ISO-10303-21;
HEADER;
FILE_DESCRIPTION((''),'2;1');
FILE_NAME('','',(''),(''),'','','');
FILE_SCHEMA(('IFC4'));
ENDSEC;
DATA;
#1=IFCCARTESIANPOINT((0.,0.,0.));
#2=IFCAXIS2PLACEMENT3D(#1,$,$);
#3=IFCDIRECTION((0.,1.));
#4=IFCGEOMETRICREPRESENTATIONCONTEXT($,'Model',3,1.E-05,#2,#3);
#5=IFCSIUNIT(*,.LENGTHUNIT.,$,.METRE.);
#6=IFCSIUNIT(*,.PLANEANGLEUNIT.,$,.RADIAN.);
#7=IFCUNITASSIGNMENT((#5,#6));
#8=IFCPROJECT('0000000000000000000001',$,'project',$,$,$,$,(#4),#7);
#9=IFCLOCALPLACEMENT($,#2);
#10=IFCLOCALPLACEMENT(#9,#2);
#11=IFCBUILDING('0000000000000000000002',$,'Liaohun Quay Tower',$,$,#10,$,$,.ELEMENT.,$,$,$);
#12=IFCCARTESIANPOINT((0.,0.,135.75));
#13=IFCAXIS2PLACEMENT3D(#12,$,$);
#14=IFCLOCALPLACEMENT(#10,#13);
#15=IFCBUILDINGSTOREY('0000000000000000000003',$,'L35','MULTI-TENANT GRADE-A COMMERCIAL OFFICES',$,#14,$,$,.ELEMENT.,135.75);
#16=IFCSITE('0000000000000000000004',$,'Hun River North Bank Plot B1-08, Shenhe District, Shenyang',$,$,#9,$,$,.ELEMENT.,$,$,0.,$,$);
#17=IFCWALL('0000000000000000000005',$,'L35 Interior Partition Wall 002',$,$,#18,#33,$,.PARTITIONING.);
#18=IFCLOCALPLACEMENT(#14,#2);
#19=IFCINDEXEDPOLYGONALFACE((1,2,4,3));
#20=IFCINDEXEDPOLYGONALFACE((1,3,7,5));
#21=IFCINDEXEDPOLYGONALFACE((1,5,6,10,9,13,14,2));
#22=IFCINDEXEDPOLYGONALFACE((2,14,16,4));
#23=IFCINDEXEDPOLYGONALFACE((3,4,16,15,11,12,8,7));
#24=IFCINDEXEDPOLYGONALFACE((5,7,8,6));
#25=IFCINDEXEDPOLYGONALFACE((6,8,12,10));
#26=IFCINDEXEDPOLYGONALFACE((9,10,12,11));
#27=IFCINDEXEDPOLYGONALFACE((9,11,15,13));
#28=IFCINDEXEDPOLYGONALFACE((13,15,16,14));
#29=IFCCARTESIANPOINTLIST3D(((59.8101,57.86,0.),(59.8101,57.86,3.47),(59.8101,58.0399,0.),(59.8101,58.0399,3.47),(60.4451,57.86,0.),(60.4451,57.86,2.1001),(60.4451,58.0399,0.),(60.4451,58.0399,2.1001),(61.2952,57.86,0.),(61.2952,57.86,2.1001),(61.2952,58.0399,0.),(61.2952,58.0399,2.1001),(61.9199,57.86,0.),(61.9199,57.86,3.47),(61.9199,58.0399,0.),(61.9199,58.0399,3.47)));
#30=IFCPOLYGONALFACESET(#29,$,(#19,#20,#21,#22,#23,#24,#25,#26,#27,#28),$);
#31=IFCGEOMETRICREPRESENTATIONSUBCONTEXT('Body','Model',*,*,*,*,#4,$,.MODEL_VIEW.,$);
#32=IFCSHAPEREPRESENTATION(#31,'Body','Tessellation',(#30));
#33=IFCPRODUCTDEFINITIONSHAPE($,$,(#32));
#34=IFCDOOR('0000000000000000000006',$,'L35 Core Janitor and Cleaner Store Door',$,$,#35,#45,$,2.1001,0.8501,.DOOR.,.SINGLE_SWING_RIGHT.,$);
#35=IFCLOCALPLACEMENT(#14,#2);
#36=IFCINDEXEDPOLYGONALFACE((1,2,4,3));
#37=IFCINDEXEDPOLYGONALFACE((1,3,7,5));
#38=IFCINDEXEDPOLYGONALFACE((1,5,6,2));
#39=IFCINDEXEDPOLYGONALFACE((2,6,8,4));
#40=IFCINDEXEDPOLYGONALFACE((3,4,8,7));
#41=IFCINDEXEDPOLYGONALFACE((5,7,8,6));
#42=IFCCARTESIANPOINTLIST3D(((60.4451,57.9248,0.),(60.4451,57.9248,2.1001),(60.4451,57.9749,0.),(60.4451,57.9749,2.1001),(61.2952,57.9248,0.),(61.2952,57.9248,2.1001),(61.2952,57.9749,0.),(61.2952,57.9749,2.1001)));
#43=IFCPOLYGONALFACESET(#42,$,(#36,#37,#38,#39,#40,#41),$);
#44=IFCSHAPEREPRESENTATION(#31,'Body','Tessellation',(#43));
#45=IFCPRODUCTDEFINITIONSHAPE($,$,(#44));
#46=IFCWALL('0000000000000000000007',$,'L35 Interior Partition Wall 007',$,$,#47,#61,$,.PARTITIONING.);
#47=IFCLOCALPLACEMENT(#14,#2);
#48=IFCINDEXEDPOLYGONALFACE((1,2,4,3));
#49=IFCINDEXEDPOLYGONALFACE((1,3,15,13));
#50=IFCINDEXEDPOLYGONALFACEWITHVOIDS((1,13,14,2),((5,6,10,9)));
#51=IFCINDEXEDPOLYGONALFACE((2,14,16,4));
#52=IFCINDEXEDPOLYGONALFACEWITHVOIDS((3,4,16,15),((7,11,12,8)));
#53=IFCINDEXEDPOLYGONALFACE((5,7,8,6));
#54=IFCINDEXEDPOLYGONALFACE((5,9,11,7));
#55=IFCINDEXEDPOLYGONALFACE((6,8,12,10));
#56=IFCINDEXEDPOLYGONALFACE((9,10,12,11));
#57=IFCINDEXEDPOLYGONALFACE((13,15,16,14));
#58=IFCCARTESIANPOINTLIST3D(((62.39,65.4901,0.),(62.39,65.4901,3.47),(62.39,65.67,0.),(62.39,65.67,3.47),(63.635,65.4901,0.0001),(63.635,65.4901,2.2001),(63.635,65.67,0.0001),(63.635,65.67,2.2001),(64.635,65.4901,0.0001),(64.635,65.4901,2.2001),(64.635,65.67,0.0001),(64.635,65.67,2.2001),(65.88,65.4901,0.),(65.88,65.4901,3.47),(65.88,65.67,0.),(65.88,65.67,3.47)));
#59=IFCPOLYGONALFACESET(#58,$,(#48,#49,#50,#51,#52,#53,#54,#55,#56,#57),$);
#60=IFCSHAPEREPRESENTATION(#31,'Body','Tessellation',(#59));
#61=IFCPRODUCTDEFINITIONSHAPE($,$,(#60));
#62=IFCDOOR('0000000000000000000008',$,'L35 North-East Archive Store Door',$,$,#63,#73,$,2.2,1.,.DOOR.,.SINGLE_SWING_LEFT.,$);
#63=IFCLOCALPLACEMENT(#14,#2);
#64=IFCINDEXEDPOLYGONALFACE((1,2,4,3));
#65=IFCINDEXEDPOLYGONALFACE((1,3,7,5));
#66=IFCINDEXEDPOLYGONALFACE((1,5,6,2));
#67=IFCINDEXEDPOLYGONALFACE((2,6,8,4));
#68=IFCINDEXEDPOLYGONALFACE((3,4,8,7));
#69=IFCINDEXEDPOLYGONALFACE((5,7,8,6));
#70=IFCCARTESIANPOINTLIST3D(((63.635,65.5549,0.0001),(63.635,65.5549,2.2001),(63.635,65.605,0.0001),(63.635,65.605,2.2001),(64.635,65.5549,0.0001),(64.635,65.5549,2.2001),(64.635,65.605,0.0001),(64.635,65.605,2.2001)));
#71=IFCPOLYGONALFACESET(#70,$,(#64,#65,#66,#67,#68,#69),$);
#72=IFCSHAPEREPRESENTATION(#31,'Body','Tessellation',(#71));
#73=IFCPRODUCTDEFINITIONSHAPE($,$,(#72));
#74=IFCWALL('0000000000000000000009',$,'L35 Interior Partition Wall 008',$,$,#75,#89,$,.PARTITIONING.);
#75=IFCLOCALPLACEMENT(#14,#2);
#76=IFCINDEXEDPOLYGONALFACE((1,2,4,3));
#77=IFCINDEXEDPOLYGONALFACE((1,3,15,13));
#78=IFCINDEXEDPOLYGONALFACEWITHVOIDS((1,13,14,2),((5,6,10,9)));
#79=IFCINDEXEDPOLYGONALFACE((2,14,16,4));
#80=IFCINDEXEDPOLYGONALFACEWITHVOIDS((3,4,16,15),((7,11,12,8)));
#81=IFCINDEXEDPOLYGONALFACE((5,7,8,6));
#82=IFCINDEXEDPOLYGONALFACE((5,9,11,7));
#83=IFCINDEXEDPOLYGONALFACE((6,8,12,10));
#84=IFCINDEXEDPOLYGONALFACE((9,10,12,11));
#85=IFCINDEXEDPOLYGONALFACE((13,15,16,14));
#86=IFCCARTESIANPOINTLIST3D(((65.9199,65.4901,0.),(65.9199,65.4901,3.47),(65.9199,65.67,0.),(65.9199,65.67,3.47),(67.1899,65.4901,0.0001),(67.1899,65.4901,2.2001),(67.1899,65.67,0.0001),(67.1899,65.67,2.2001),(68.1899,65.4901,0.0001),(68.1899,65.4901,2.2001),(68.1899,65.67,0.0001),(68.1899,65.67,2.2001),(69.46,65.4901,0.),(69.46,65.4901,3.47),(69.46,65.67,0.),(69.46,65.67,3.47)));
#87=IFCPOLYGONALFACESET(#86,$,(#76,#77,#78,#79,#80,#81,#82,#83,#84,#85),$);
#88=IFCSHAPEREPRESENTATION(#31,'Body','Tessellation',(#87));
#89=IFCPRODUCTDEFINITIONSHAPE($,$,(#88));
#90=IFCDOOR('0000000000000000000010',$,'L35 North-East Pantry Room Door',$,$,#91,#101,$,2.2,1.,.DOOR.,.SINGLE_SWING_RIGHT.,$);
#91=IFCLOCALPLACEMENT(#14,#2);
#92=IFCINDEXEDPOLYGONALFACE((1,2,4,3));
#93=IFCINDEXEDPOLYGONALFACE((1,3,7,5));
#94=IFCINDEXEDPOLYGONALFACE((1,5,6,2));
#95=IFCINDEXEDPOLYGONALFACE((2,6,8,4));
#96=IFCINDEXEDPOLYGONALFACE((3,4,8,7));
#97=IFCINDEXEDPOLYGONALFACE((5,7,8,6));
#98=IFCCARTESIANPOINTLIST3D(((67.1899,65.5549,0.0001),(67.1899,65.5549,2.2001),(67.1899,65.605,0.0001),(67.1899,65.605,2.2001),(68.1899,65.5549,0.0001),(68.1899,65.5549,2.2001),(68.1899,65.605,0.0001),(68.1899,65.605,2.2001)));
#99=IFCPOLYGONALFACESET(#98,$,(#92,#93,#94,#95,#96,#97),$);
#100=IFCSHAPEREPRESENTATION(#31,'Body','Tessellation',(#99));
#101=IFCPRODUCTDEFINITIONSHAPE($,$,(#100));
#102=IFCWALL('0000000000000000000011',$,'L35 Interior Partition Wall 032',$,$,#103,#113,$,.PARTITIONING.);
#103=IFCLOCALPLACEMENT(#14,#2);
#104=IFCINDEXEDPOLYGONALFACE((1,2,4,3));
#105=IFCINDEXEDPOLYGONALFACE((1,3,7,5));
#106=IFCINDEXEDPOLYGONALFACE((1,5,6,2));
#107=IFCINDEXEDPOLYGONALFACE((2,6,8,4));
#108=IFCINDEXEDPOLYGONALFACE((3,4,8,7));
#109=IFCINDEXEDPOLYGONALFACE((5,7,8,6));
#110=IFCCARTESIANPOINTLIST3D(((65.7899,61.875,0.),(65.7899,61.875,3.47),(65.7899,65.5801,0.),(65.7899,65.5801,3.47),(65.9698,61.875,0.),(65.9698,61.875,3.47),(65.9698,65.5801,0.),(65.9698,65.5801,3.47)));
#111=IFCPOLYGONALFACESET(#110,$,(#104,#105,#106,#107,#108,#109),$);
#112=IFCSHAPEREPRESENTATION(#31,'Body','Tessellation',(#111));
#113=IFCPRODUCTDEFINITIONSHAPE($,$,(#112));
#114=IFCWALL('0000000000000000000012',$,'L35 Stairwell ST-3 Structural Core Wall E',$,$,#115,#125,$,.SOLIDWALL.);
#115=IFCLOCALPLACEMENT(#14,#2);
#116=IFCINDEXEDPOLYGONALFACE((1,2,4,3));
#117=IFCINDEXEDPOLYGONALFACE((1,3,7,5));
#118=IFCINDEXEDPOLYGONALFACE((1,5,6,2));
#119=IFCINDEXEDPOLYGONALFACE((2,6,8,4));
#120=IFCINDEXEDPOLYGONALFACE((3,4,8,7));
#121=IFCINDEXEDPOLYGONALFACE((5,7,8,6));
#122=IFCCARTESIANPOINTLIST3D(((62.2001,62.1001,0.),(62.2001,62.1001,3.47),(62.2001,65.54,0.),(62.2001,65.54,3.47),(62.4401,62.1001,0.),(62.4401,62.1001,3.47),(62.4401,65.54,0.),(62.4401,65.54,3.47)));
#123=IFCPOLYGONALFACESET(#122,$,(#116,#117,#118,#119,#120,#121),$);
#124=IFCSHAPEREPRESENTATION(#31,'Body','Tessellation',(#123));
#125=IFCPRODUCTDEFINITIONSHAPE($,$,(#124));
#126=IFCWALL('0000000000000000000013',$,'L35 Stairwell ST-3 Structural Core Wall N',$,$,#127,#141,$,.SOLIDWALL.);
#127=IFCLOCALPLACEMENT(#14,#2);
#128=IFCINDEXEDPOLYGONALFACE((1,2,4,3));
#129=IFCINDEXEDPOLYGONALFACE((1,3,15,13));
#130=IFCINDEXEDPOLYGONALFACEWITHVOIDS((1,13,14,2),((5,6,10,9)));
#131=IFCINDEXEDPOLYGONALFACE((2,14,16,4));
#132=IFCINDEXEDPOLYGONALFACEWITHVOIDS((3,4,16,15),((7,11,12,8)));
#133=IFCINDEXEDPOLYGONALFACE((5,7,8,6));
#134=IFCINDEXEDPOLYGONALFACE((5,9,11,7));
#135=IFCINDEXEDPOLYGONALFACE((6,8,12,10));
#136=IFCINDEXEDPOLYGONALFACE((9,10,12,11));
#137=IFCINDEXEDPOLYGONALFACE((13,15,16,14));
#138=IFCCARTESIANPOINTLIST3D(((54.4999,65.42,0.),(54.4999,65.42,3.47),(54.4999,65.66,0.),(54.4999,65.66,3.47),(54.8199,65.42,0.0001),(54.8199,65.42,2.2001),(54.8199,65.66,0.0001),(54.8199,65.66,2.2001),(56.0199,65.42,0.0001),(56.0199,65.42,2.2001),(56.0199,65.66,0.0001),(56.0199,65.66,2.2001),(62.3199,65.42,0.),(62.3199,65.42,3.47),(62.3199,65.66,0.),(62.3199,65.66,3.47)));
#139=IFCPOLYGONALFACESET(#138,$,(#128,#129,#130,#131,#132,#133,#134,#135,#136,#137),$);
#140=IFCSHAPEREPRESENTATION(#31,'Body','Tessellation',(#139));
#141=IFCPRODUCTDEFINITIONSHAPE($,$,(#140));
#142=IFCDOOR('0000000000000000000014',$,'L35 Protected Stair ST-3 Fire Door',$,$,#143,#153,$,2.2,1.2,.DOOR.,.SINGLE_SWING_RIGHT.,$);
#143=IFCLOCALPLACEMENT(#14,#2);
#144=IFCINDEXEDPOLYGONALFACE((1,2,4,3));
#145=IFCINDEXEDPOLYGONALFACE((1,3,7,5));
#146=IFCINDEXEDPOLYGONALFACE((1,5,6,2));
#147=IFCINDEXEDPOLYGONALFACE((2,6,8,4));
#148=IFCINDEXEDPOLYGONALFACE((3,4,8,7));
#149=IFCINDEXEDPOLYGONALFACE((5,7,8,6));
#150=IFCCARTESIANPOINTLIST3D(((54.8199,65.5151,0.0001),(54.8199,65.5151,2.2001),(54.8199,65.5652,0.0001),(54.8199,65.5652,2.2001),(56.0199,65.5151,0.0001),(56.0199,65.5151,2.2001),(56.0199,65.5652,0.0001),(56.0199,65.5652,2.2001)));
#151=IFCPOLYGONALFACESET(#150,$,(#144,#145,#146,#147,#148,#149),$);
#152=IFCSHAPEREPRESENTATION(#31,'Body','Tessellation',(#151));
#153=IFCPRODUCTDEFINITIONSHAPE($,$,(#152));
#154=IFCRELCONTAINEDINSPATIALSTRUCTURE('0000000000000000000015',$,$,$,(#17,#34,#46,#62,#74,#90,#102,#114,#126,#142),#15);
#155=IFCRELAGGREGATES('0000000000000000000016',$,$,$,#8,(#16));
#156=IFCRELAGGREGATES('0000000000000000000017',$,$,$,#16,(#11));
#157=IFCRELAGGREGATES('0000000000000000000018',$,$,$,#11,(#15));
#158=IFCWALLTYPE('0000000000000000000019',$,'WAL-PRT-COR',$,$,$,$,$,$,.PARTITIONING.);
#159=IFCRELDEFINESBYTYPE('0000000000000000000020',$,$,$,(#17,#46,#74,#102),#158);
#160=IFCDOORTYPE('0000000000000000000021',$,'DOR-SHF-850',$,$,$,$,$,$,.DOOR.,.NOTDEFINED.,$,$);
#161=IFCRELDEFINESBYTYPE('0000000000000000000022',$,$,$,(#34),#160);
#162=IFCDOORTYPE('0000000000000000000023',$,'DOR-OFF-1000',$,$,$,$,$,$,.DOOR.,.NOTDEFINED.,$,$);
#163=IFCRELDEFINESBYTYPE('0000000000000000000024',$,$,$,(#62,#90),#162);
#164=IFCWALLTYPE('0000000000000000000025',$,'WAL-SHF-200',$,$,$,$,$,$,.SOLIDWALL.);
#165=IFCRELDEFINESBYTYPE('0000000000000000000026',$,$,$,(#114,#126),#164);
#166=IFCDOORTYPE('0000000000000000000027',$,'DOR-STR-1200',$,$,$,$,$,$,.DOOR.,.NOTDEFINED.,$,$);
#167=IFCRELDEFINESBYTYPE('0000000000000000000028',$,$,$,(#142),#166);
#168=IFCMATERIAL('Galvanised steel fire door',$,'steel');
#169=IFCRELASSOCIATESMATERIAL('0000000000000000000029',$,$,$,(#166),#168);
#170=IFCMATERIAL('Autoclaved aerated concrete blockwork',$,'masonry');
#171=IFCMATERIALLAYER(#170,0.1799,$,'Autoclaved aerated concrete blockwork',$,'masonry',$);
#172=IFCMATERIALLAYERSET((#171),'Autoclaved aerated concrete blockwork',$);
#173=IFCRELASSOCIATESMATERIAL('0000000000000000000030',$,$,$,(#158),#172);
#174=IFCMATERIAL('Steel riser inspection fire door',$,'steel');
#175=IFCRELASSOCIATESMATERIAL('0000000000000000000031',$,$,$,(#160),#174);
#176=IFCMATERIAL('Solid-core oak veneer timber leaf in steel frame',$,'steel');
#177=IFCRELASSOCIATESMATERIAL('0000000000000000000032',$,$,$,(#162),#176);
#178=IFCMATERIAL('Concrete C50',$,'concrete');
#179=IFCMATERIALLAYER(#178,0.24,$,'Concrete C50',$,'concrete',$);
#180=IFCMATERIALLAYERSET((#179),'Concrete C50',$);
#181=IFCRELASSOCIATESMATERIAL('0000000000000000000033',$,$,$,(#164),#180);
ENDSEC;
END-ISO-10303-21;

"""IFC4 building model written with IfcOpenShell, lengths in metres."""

from ifc_helpers import new_model, si_unit, direction, frame, frame_2d, origin, place, context, subcontext, project, spatial, rectangle, extrude, source, transform, mapped, material, layer, layer_set, type_object, element, fill, save


model = new_model("IFC4")

# Units and contexts
model_context = context("Model", 3, precision=1e-05, world=origin(), true_north=direction((0.0, 1.0)))
body_context = subcontext(model_context, "Body", "Model", "MODEL_VIEW")
ifc_project = project(units=[si_unit("LENGTHUNIT", "METRE"), si_unit("PLANEANGLEUNIT", "RADIAN")], contexts=[model_context])

# Site, building, storey
site_placement = place(None, origin())
site = spatial("IfcSite", under=ifc_project, at=site_placement, Name="Hun River North Bank Plot B1-08, Shenhe District, Shenyang", CompositionType="ELEMENT", RefElevation=0.0)
building_placement = place(site_placement, origin())
building = spatial("IfcBuilding", under=site, at=building_placement, Name="Liaohun Quay Tower", CompositionType="ELEMENT")
storey_placement = place(building_placement, frame((0.0, 0.0, 135.75)))
storey = spatial("IfcBuildingStorey", under=building, at=storey_placement, Name="L35", Description="MULTI-TENANT GRADE-A COMMERCIAL OFFICES", CompositionType="ELEMENT", Elevation=135.75)

# Walls, openings, doors
ifc_material_1 = material(Name="Galvanised steel fire door", Category="steel")
door_type_1 = type_object("IfcDoorType", Name="DOR-STR-1200", OperationType="NOTDEFINED", PredefinedType="DOOR", material=ifc_material_1)
shared_shape_1 = source(origin(), body_context, "Body", "SweptSolid", [
    extrude(rectangle(XDim=1.2, YDim=2.2, at=frame_2d((0.6001, 1.1001))), frame((0.0, 0.0249, 0.0), z_axis=(0.0, -1.0, 0.0), x_axis=(1.0, 0.0, 0.0)), (0.0, 0.0, 1.0), 0.05),
])
ifc_material_2 = material(Name="Autoclaved aerated concrete blockwork", Category="masonry")
ifc_layer_1 = layer(ifc_material_2, 0.1799, Name="Autoclaved aerated concrete blockwork", Category="masonry")
ifc_layer_set_1 = layer_set([ifc_layer_1], Name="Autoclaved aerated concrete blockwork")
wall_type_1 = type_object("IfcWallType", Name="WAL-PRT-COR", PredefinedType="PARTITIONING", material=ifc_layer_set_1)
wall_1_placement = place(storey_placement, frame((59.8101, 57.95, 0.0), z_axis=(0.0, 0.0, 1.0), x_axis=(1.0, 0.0, 0.0)))
wall_1 = element("IfcWall", 1, at=wall_1_placement, inside=storey, type_object=wall_type_1, Name="L35 Interior Partition Wall 002", PredefinedType="PARTITIONING", context=body_context, shape_type="SweptSolid", body=[
    extrude(rectangle(XDim=2.1099, YDim=0.1799, at=frame_2d((1.0549, 0.0))), origin(), (0.0, 0.0, 1.0), 3.47),
])
shared_shape_2 = source(origin(), body_context, "Body", "SweptSolid", [
    extrude(rectangle(XDim=0.8501, YDim=2.1001, at=frame_2d((0.425, 1.05))), frame((0.0, 0.0999, 0.0), z_axis=(0.0, -1.0, 0.0), x_axis=(1.0, 0.0, 0.0)), (0.0, 0.0, 1.0), 0.2),
])
opening_1_placement = place(wall_1_placement, frame((0.635, 0.0, 0.0)))
opening_1 = element("IfcOpeningElement", 2, at=opening_1_placement, cuts=wall_1, PredefinedType="OPENING", context=body_context, shape_type="MappedRepresentation", body=[
    mapped(shared_shape_2, transform((0.0, 0.0, 0.0), x_axis=(1.0, 0.0, 0.0), y_axis=(0.0, 1.0, 0.0), z_axis=(0.0, 0.0, 1.0), scale=1.0)),
])
ifc_material_3 = material(Name="Steel riser inspection fire door", Category="steel")
door_type_2 = type_object("IfcDoorType", Name="DOR-SHF-850", OperationType="NOTDEFINED", PredefinedType="DOOR", material=ifc_material_3)
shared_shape_3 = source(origin(), body_context, "Body", "SweptSolid", [
    extrude(rectangle(XDim=0.8501, YDim=2.1001, at=frame_2d((0.425, 1.05))), frame((0.0, 0.0249, 0.0), z_axis=(0.0, -1.0, 0.0), x_axis=(1.0, 0.0, 0.0)), (0.0, 0.0, 1.0), 0.05),
])
door_1_placement = place(opening_1_placement, origin())
door_1 = element("IfcDoor", 3, at=door_1_placement, inside=storey, type_object=door_type_2, Name="L35 Core Janitor and Cleaner Store Door", OperationType="SINGLE_SWING_RIGHT", OverallHeight=2.1001, OverallWidth=0.8501, PredefinedType="DOOR", context=body_context, shape_type="MappedRepresentation", body=[
    mapped(shared_shape_3, transform((0.0, 0.0, 0.0), x_axis=(1.0, 0.0, 0.0), y_axis=(0.0, 1.0, 0.0), z_axis=(0.0, 0.0, 1.0), scale=1.0)),
])
fill(opening_1, door_1)
wall_2_placement = place(storey_placement, frame((62.3899, 65.5801, 0.0), z_axis=(0.0, 0.0, 1.0), x_axis=(1.0, 0.0, 0.0)))
wall_2 = element("IfcWall", 4, at=wall_2_placement, inside=storey, type_object=wall_type_1, Name="L35 Interior Partition Wall 007", PredefinedType="PARTITIONING", context=body_context, shape_type="SweptSolid", body=[
    extrude(rectangle(XDim=3.49, YDim=0.1799, at=frame_2d((1.7451, 0.0))), origin(), (0.0, 0.0, 1.0), 3.47),
])
shared_shape_4 = source(origin(), body_context, "Body", "SweptSolid", [
    extrude(rectangle(XDim=1.0, YDim=2.2, at=frame_2d((0.5, 1.1001))), frame((0.0, 0.0999, 0.0), z_axis=(0.0, -1.0, 0.0), x_axis=(1.0, 0.0, 0.0)), (0.0, 0.0, 1.0), 0.2),
])
opening_2_placement = place(wall_2_placement, frame((1.2451, 0.0, 0.0)))
opening_2 = element("IfcOpeningElement", 5, at=opening_2_placement, cuts=wall_2, PredefinedType="OPENING", context=body_context, shape_type="MappedRepresentation", body=[
    mapped(shared_shape_4, transform((0.0, 0.0, 0.0), x_axis=(1.0, 0.0, 0.0), y_axis=(0.0, 1.0, 0.0), z_axis=(0.0, 0.0, 1.0), scale=1.0)),
])
ifc_material_4 = material(Name="Solid-core oak veneer timber leaf in steel frame", Category="steel")
door_type_3 = type_object("IfcDoorType", Name="DOR-OFF-1000", OperationType="NOTDEFINED", PredefinedType="DOOR", material=ifc_material_4)
shared_shape_5 = source(origin(), body_context, "Body", "SweptSolid", [
    extrude(rectangle(XDim=1.0, YDim=2.2, at=frame_2d((0.5, 1.1001))), frame((0.0, 0.0249, 0.0), z_axis=(0.0, -1.0, 0.0), x_axis=(1.0, 0.0, 0.0)), (0.0, 0.0, 1.0), 0.05),
])
door_2_placement = place(opening_2_placement, origin())
door_2 = element("IfcDoor", 6, at=door_2_placement, inside=storey, type_object=door_type_3, Name="L35 North-East Archive Store Door", OperationType="SINGLE_SWING_LEFT", OverallHeight=2.2, OverallWidth=1.0, PredefinedType="DOOR", context=body_context, shape_type="MappedRepresentation", body=[
    mapped(shared_shape_5, transform((0.0, 0.0, 0.0), x_axis=(1.0, 0.0, 0.0), y_axis=(0.0, 1.0, 0.0), z_axis=(0.0, 0.0, 1.0), scale=1.0)),
])
fill(opening_2, door_2)
wall_3_placement = place(storey_placement, frame((65.9199, 65.5801, 0.0), z_axis=(0.0, 0.0, 1.0), x_axis=(1.0, 0.0, 0.0)))
wall_3 = element("IfcWall", 7, at=wall_3_placement, inside=storey, type_object=wall_type_1, Name="L35 Interior Partition Wall 008", PredefinedType="PARTITIONING", context=body_context, shape_type="SweptSolid", body=[
    extrude(rectangle(XDim=3.54, YDim=0.1799, at=frame_2d((1.77, 0.0))), origin(), (0.0, 0.0, 1.0), 3.47),
])
opening_3_placement = place(wall_3_placement, frame((1.27, 0.0, 0.0)))
opening_3 = element("IfcOpeningElement", 8, at=opening_3_placement, cuts=wall_3, PredefinedType="OPENING", context=body_context, shape_type="MappedRepresentation", body=[
    mapped(shared_shape_4, transform((0.0, 0.0, 0.0), x_axis=(1.0, 0.0, 0.0), y_axis=(0.0, 1.0, 0.0), z_axis=(0.0, 0.0, 1.0), scale=1.0)),
])
door_3_placement = place(opening_3_placement, origin())
door_3 = element("IfcDoor", 9, at=door_3_placement, inside=storey, type_object=door_type_3, Name="L35 North-East Pantry Room Door", OperationType="SINGLE_SWING_RIGHT", OverallHeight=2.2, OverallWidth=1.0, PredefinedType="DOOR", context=body_context, shape_type="MappedRepresentation", body=[
    mapped(shared_shape_5, transform((0.0, 0.0, 0.0), x_axis=(1.0, 0.0, 0.0), y_axis=(0.0, 1.0, 0.0), z_axis=(0.0, 0.0, 1.0), scale=1.0)),
])
fill(opening_3, door_3)

# Walls
wall_4_placement = place(storey_placement, frame((65.8799, 61.875, 0.0), z_axis=(0.0, 0.0, 1.0), x_axis=(0.0, 1.0, 0.0)))
element("IfcWall", 10, at=wall_4_placement, inside=storey, type_object=wall_type_1, Name="L35 Interior Partition Wall 032", PredefinedType="PARTITIONING", context=body_context, shape_type="SweptSolid", body=[
    extrude(rectangle(XDim=3.7051, YDim=0.1799, at=frame_2d((1.8525, 0.0))), origin(), (0.0, 0.0, 1.0), 3.47),
])
ifc_material_5 = material(Name="Concrete C50", Category="concrete")
ifc_layer_2 = layer(ifc_material_5, 0.24, Name="Concrete C50", Category="concrete")
ifc_layer_set_2 = layer_set([ifc_layer_2], Name="Concrete C50")
wall_type_2 = type_object("IfcWallType", Name="WAL-SHF-200", PredefinedType="SOLIDWALL", material=ifc_layer_set_2)
wall_5_placement = place(storey_placement, frame((62.3201, 62.1001, 0.0), z_axis=(0.0, 0.0, 1.0), x_axis=(0.0, 1.0, 0.0)))
element("IfcWall", 11, at=wall_5_placement, inside=storey, type_object=wall_type_2, Name="L35 Stairwell ST-3 Structural Core Wall E", PredefinedType="SOLIDWALL", context=body_context, shape_type="SweptSolid", body=[
    extrude(rectangle(XDim=3.4399, YDim=0.24, at=frame_2d((1.72, 0.0))), origin(), (0.0, 0.0, 1.0), 3.47),
])

# Wall, opening, door
wall_6_placement = place(storey_placement, frame((62.3201, 65.54, 0.0), z_axis=(0.0, 0.0, 1.0), x_axis=(-1.0, 0.0, 0.0)))
wall_6 = element("IfcWall", 12, at=wall_6_placement, inside=storey, type_object=wall_type_2, Name="L35 Stairwell ST-3 Structural Core Wall N", PredefinedType="SOLIDWALL", context=body_context, shape_type="SweptSolid", body=[
    extrude(rectangle(XDim=7.8201, YDim=0.24, at=frame_2d((3.9102, 0.0))), origin(), (0.0, 0.0, 1.0), 3.47),
])
shared_shape_6 = source(origin(), body_context, "Body", "SweptSolid", [
    extrude(rectangle(XDim=1.2, YDim=2.2, at=frame_2d((0.6001, 1.1001))), frame((0.0, 0.1299, 0.0), z_axis=(0.0, -1.0, 0.0), x_axis=(1.0, 0.0, 0.0)), (0.0, 0.0, 1.0), 0.26),
])
opening_4_placement = place(wall_6_placement, frame((6.3, 0.0, 0.0)))
opening_4 = element("IfcOpeningElement", 13, at=opening_4_placement, cuts=wall_6, PredefinedType="OPENING", context=body_context, shape_type="MappedRepresentation", body=[
    mapped(shared_shape_6, transform((0.0, 0.0, 0.0), x_axis=(1.0, 0.0, 0.0), y_axis=(0.0, 1.0, 0.0), z_axis=(0.0, 0.0, 1.0), scale=1.0)),
])
door_4_placement = place(opening_4_placement, origin())
door_4 = element("IfcDoor", 14, at=door_4_placement, inside=storey, type_object=door_type_1, Name="L35 Protected Stair ST-3 Fire Door", OperationType="SINGLE_SWING_RIGHT", OverallHeight=2.2, OverallWidth=1.2, PredefinedType="DOOR", context=body_context, shape_type="MappedRepresentation", body=[
    mapped(shared_shape_1, transform((0.0, 0.0, 0.0), x_axis=(1.0, 0.0, 0.0), y_axis=(0.0, 1.0, 0.0), z_axis=(0.0, 0.0, 1.0), scale=1.0)),
])
fill(opening_4, door_4)

save(model, "model.ifc")
